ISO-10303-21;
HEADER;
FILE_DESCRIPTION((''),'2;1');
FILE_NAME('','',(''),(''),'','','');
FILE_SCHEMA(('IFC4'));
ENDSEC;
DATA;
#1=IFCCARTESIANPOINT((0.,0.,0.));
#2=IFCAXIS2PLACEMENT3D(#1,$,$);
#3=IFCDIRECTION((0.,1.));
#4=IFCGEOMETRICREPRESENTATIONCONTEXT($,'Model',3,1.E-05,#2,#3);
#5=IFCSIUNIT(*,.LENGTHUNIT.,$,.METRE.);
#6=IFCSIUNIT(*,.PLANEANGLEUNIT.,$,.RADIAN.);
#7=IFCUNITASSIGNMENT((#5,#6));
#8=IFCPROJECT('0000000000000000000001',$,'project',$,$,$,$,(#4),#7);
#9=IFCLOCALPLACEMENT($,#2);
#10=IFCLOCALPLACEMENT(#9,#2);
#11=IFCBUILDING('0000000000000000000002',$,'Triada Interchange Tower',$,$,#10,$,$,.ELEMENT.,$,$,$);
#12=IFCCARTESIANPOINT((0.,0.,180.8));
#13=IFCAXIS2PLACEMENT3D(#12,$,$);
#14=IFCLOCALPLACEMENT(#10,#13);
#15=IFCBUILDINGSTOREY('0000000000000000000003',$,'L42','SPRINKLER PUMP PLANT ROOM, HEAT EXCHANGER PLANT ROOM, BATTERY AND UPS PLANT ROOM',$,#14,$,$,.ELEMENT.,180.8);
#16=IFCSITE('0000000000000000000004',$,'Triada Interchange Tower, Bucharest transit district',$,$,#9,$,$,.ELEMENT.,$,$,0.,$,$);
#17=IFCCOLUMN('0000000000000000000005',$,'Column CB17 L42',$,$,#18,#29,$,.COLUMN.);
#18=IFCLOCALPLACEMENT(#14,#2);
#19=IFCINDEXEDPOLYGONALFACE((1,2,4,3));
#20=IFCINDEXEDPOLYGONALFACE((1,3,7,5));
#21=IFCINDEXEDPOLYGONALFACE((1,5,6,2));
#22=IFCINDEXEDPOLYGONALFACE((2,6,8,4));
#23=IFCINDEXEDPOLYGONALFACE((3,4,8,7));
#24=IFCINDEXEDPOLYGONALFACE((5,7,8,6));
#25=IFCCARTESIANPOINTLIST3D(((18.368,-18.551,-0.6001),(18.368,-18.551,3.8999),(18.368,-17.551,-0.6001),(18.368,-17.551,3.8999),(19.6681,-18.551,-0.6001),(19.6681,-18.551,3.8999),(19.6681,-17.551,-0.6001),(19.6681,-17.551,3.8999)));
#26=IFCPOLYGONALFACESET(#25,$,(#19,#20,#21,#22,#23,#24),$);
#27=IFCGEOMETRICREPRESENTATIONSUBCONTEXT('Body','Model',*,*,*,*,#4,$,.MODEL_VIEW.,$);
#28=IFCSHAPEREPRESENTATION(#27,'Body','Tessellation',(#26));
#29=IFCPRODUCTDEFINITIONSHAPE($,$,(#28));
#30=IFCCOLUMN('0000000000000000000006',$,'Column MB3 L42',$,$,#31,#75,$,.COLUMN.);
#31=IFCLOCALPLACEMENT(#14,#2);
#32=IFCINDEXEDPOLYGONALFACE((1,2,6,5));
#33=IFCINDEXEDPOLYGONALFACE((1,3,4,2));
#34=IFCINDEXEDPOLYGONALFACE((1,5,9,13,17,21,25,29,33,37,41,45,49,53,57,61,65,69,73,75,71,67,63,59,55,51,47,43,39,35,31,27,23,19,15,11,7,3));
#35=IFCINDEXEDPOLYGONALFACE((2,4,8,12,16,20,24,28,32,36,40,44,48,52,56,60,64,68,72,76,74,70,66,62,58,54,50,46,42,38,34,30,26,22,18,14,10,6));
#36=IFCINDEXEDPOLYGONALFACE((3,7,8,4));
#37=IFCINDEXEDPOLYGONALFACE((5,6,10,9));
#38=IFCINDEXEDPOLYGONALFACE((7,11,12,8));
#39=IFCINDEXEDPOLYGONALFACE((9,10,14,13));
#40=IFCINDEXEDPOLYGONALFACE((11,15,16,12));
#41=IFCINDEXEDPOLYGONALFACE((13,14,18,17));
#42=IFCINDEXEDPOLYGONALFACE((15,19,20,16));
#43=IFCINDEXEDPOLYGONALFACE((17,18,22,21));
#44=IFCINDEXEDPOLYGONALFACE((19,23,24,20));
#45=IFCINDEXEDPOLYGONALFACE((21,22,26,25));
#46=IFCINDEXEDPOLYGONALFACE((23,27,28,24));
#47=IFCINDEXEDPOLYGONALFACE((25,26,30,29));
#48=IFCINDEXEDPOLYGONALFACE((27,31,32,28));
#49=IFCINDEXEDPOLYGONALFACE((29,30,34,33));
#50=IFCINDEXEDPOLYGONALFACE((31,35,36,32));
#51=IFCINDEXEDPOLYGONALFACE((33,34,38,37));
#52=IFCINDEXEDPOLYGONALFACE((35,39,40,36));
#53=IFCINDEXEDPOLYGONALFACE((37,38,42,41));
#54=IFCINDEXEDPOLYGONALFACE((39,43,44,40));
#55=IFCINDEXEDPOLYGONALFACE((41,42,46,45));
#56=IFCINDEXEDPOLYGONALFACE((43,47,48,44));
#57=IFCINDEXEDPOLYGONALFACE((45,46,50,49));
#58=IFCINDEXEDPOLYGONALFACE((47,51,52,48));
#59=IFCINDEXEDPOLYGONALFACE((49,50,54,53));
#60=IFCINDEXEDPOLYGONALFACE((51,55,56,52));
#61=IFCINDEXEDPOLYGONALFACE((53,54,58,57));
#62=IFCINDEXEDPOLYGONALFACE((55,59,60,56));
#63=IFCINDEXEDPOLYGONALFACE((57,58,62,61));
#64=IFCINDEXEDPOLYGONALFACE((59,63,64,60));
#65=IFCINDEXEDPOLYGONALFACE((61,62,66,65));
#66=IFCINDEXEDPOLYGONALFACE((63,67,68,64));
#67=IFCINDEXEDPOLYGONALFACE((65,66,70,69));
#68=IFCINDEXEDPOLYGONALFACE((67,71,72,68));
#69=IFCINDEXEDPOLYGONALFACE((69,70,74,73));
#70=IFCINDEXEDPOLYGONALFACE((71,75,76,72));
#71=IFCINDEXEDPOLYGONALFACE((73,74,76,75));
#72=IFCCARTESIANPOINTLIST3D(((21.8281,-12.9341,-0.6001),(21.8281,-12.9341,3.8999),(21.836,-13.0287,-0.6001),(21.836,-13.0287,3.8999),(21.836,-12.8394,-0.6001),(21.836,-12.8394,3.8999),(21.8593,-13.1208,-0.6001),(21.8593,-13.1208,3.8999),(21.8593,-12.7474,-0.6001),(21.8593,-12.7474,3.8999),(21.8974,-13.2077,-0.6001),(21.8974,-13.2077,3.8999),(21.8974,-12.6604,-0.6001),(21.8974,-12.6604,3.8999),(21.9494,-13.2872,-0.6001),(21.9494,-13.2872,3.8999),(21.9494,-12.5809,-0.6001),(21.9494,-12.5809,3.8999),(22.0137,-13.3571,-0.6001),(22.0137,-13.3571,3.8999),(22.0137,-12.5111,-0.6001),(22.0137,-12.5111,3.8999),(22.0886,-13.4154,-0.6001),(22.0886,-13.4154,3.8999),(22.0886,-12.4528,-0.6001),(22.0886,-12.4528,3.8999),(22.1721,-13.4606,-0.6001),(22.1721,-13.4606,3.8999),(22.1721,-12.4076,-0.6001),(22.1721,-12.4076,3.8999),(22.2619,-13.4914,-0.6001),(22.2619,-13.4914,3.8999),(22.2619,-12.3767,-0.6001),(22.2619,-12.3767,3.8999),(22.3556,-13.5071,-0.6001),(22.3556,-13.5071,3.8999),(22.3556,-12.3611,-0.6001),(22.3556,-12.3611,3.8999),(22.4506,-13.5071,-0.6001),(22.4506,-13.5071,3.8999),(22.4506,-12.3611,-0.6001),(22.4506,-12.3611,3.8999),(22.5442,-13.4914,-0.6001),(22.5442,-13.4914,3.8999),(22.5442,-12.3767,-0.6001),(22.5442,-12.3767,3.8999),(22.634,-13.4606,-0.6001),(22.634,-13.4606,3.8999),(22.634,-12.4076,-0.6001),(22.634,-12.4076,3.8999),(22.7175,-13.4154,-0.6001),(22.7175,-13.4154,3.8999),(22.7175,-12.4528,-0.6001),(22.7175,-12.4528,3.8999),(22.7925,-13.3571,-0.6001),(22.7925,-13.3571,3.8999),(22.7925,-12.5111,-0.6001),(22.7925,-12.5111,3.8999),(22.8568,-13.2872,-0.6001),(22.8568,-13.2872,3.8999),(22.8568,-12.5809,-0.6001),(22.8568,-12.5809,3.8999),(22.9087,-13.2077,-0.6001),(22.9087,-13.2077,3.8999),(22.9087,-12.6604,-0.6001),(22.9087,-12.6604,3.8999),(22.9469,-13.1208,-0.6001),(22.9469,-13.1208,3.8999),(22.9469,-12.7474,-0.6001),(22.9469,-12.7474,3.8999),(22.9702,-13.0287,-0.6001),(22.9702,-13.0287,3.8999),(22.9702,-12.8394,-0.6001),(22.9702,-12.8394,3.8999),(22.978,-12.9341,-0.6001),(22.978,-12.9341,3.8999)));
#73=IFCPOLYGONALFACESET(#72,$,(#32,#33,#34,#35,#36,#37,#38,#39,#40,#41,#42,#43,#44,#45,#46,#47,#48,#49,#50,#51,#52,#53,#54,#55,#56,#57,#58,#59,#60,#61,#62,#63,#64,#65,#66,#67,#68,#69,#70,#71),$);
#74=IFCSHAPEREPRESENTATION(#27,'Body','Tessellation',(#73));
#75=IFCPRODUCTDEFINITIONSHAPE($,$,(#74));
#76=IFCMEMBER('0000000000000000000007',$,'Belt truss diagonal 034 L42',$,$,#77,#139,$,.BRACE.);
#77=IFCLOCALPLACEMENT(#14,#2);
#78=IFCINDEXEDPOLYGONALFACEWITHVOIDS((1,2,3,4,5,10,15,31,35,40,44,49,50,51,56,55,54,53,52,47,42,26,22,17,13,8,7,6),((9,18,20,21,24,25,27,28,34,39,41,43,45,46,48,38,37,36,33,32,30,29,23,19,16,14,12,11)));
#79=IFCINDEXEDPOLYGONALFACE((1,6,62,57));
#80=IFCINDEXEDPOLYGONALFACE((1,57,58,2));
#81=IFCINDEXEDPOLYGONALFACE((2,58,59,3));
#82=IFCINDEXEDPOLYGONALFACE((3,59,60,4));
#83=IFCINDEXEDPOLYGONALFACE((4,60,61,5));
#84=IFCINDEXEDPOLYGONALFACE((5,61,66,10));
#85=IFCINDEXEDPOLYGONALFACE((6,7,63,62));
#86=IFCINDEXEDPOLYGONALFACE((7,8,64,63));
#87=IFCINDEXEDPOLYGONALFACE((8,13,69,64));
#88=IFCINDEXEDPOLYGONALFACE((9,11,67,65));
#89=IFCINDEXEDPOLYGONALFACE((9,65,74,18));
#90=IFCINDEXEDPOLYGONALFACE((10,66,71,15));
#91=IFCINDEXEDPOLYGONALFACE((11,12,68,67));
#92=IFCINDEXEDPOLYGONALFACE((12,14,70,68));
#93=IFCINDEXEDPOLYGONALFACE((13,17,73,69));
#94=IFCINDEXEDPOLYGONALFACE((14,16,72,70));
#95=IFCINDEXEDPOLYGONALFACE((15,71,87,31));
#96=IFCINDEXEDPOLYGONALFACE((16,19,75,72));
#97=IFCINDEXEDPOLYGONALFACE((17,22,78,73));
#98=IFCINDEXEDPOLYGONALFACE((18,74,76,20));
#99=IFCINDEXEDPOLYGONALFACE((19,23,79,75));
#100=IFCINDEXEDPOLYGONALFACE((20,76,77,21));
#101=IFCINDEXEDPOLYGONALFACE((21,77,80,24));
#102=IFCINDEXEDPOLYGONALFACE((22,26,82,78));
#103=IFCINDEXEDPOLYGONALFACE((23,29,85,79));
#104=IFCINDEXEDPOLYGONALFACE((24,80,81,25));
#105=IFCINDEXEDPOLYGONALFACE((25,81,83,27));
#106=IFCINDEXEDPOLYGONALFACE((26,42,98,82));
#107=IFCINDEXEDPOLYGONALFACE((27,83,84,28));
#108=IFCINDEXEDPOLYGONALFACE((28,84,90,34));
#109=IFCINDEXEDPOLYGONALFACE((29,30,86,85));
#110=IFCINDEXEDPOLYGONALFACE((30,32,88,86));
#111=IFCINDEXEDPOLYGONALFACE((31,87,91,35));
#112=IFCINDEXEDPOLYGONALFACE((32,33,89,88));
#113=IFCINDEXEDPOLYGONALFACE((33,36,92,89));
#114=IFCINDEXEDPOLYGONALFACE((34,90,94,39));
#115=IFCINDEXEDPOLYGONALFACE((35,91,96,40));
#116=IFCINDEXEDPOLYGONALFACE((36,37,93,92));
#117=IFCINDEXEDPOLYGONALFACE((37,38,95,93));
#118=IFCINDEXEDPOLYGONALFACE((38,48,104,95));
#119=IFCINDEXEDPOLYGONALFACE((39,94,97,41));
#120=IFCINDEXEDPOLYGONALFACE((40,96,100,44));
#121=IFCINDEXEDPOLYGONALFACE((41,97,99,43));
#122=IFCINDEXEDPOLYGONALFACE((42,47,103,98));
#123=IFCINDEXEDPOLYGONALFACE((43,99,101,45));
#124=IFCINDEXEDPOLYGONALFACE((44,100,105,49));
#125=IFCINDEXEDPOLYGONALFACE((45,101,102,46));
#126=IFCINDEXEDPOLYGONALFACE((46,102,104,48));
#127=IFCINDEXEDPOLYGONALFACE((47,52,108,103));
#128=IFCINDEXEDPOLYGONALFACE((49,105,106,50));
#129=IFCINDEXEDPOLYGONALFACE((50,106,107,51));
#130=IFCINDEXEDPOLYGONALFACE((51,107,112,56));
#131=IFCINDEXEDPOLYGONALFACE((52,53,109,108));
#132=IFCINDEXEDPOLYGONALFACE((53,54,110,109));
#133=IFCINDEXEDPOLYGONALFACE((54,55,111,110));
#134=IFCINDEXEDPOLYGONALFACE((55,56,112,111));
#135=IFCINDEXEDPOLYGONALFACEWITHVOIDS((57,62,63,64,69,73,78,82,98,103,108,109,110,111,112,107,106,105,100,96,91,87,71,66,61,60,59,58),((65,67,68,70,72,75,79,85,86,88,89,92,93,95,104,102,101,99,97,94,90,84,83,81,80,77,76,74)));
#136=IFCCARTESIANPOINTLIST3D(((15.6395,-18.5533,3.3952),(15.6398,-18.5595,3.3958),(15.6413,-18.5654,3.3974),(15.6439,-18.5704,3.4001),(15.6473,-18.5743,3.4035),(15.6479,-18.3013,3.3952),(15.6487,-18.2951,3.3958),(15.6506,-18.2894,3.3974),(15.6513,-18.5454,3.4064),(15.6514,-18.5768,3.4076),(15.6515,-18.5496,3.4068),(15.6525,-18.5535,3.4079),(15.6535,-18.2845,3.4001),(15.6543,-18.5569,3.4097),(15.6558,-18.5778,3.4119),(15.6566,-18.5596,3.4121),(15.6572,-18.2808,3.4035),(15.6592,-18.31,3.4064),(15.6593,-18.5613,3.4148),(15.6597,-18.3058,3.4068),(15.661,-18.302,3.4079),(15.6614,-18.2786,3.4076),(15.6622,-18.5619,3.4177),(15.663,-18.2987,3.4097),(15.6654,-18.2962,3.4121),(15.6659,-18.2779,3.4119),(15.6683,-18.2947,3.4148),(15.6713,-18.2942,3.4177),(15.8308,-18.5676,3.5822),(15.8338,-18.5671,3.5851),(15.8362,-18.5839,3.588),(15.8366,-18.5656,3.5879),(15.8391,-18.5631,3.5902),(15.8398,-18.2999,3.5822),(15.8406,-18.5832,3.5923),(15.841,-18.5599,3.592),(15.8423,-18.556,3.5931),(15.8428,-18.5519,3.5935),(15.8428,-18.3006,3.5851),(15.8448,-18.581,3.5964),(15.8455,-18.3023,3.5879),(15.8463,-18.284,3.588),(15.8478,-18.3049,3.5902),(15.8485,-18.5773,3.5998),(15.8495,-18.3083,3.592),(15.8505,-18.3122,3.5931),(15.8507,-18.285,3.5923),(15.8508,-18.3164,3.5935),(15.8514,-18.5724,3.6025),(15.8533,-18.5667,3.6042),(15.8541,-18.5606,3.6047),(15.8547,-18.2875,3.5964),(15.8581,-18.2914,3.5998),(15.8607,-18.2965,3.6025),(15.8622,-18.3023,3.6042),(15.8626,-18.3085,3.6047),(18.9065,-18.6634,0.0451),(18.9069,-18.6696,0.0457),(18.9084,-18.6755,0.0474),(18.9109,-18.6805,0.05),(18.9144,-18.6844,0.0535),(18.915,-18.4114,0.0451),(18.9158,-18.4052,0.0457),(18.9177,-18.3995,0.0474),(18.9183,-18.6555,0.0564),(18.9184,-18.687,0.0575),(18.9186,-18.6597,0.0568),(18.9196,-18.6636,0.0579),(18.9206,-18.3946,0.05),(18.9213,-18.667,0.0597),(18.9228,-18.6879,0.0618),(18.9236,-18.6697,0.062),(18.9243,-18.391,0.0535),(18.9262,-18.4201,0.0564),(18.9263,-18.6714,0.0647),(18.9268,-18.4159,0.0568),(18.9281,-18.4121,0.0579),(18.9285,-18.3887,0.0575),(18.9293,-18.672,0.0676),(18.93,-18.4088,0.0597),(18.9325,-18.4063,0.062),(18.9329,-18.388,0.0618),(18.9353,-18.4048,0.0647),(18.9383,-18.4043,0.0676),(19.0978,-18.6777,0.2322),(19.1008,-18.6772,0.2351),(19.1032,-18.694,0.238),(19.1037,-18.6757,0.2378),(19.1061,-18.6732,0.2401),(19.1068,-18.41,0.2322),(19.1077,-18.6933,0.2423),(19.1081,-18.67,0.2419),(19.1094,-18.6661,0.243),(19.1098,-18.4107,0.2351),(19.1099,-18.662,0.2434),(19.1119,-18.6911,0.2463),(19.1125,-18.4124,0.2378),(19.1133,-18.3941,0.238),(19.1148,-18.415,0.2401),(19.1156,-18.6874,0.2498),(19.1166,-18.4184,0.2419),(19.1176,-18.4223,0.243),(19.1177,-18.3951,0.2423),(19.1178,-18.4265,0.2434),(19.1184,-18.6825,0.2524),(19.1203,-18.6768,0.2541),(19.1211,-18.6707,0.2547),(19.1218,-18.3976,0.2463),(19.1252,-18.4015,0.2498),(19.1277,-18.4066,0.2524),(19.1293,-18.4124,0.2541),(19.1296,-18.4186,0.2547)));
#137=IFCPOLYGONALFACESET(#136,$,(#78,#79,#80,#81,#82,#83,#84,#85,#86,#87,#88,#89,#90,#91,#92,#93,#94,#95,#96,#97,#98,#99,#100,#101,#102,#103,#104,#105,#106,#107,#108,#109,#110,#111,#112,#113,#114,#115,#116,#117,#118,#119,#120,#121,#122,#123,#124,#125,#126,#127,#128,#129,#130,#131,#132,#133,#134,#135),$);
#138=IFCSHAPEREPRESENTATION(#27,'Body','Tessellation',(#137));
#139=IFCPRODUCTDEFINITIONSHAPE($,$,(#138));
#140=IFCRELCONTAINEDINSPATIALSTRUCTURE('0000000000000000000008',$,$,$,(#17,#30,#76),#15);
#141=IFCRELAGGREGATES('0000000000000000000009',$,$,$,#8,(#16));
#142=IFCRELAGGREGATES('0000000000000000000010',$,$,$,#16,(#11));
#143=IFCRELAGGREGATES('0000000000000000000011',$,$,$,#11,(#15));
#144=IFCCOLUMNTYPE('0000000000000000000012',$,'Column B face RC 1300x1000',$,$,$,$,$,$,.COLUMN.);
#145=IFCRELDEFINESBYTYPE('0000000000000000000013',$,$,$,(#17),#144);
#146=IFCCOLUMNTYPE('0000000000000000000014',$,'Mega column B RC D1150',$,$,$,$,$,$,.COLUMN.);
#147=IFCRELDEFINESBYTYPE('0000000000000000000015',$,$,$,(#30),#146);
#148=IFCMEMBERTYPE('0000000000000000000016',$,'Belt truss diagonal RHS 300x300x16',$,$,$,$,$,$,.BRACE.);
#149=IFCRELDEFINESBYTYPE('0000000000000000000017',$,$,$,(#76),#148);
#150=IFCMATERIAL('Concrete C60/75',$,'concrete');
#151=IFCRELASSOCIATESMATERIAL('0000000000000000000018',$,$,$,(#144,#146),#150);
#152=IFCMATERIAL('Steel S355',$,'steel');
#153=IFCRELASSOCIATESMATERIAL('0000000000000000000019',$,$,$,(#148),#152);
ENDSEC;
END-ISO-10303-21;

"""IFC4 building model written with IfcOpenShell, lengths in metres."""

from ifc_helpers import new_model, si_unit, direction, frame, origin, origin_2d, place, context, subcontext, project, spatial, rectangle, hollow_rectangle, circle, extrude, material, material_profile, profile_set, type_object, element, save


model = new_model("IFC4")

# Units and contexts
model_context = context("Model", 3, precision=1e-05, world=origin(), true_north=direction((0.0, 1.0)))
body_context = subcontext(model_context, "Body", "Model", "MODEL_VIEW")
ifc_project = project(units=[si_unit("LENGTHUNIT", "METRE"), si_unit("PLANEANGLEUNIT", "RADIAN")], contexts=[model_context])

# Site, building, storey
site_placement = place(None, origin())
site = spatial("IfcSite", under=ifc_project, at=site_placement, Name="Triada Interchange Tower, Bucharest transit district", CompositionType="ELEMENT", RefElevation=0.0)
building_placement = place(site_placement, origin())
building = spatial("IfcBuilding", under=site, at=building_placement, Name="Triada Interchange Tower", CompositionType="ELEMENT")
storey_placement = place(building_placement, frame((0.0, 0.0, 180.8)))
storey = spatial("IfcBuildingStorey", under=building, at=storey_placement, Name="L42", Description="SPRINKLER PUMP PLANT ROOM, HEAT EXCHANGER PLANT ROOM, BATTERY AND UPS PLANT ROOM", CompositionType="ELEMENT", Elevation=180.8)

# Columns
ifc_material_1 = material(Name="Concrete C60/75", Category="concrete")
ifc_material_profile_1 = material_profile(ifc_material_1, rectangle(XDim=1.3, YDim=1.0, at=origin_2d()), Name="RC 1300x1000")
ifc_profile_set_1 = profile_set([ifc_material_profile_1], Name="Concrete C60/75")
column_type_1 = type_object("IfcColumnType", Name="Column B face RC 1300x1000", PredefinedType="COLUMN", material=ifc_profile_set_1)
column_1_placement = place(storey_placement, frame((19.0181, -18.051, -0.6001), z_axis=(0.0, 0.0, 1.0), x_axis=(1.0, 0.0, 0.0)))
element("IfcColumn", 1, at=column_1_placement, inside=storey, type_object=column_type_1, Name="Column CB17 L42", PredefinedType="COLUMN", context=body_context, shape_type="SweptSolid", body=[
    extrude(rectangle(XDim=1.3, YDim=1.0, at=origin_2d()), origin(), (0.0, 0.0, 1.0), 4.5),
])
ifc_material_profile_2 = material_profile(ifc_material_1, circle(Radius=0.575, at=origin_2d()), Name="RC D1150")
ifc_profile_set_2 = profile_set([ifc_material_profile_2], Name="Concrete C60/75")
column_type_2 = type_object("IfcColumnType", Name="Mega column B RC D1150", PredefinedType="COLUMN", material=ifc_profile_set_2)
column_2_placement = place(storey_placement, frame((22.4031, -12.9341, -0.6001), z_axis=(0.0, 0.0, 1.0), x_axis=(1.0, 0.0, 0.0)))
element("IfcColumn", 2, at=column_2_placement, inside=storey, type_object=column_type_2, Name="Column MB3 L42", PredefinedType="COLUMN", context=body_context, shape_type="SweptSolid", body=[
    extrude(circle(Radius=0.575, at=origin_2d()), origin(), (0.0, 0.0, 1.0), 4.5),
])

# Member
ifc_material_2 = material(Name="Steel S355", Category="steel")
ifc_material_profile_3 = material_profile(ifc_material_2, hollow_rectangle(XDim=0.3, YDim=0.3, WallThickness=0.0161, InnerFilletRadius=0.0161, OuterFilletRadius=0.0239, at=origin_2d()), Name="RHS 300x300x16")
ifc_profile_set_3 = profile_set([ifc_material_profile_3], Name="Steel S355")
member_type = type_object("IfcMemberType", Name="Belt truss diagonal RHS 300x300x16", PredefinedType="BRACE", material=ifc_profile_set_3)
member_1_placement = place(storey_placement, frame((19.0181, -18.541, 0.1499), z_axis=(-0.697989, 0.023524, 0.715722), x_axis=(-0.033683, -0.999433, 0.0)))
element("IfcMember", 3, at=member_1_placement, inside=storey, type_object=member_type, Name="Belt truss diagonal 034 L42", PredefinedType="BRACE", context=body_context, shape_type="SweptSolid", body=[
    extrude(hollow_rectangle(XDim=0.3, YDim=0.3, WallThickness=0.0161, InnerFilletRadius=0.0161, OuterFilletRadius=0.0239, at=origin_2d()), origin(), (0.0, 0.0, 1.0), 4.6807),
])

save(model, "model.ifc")
